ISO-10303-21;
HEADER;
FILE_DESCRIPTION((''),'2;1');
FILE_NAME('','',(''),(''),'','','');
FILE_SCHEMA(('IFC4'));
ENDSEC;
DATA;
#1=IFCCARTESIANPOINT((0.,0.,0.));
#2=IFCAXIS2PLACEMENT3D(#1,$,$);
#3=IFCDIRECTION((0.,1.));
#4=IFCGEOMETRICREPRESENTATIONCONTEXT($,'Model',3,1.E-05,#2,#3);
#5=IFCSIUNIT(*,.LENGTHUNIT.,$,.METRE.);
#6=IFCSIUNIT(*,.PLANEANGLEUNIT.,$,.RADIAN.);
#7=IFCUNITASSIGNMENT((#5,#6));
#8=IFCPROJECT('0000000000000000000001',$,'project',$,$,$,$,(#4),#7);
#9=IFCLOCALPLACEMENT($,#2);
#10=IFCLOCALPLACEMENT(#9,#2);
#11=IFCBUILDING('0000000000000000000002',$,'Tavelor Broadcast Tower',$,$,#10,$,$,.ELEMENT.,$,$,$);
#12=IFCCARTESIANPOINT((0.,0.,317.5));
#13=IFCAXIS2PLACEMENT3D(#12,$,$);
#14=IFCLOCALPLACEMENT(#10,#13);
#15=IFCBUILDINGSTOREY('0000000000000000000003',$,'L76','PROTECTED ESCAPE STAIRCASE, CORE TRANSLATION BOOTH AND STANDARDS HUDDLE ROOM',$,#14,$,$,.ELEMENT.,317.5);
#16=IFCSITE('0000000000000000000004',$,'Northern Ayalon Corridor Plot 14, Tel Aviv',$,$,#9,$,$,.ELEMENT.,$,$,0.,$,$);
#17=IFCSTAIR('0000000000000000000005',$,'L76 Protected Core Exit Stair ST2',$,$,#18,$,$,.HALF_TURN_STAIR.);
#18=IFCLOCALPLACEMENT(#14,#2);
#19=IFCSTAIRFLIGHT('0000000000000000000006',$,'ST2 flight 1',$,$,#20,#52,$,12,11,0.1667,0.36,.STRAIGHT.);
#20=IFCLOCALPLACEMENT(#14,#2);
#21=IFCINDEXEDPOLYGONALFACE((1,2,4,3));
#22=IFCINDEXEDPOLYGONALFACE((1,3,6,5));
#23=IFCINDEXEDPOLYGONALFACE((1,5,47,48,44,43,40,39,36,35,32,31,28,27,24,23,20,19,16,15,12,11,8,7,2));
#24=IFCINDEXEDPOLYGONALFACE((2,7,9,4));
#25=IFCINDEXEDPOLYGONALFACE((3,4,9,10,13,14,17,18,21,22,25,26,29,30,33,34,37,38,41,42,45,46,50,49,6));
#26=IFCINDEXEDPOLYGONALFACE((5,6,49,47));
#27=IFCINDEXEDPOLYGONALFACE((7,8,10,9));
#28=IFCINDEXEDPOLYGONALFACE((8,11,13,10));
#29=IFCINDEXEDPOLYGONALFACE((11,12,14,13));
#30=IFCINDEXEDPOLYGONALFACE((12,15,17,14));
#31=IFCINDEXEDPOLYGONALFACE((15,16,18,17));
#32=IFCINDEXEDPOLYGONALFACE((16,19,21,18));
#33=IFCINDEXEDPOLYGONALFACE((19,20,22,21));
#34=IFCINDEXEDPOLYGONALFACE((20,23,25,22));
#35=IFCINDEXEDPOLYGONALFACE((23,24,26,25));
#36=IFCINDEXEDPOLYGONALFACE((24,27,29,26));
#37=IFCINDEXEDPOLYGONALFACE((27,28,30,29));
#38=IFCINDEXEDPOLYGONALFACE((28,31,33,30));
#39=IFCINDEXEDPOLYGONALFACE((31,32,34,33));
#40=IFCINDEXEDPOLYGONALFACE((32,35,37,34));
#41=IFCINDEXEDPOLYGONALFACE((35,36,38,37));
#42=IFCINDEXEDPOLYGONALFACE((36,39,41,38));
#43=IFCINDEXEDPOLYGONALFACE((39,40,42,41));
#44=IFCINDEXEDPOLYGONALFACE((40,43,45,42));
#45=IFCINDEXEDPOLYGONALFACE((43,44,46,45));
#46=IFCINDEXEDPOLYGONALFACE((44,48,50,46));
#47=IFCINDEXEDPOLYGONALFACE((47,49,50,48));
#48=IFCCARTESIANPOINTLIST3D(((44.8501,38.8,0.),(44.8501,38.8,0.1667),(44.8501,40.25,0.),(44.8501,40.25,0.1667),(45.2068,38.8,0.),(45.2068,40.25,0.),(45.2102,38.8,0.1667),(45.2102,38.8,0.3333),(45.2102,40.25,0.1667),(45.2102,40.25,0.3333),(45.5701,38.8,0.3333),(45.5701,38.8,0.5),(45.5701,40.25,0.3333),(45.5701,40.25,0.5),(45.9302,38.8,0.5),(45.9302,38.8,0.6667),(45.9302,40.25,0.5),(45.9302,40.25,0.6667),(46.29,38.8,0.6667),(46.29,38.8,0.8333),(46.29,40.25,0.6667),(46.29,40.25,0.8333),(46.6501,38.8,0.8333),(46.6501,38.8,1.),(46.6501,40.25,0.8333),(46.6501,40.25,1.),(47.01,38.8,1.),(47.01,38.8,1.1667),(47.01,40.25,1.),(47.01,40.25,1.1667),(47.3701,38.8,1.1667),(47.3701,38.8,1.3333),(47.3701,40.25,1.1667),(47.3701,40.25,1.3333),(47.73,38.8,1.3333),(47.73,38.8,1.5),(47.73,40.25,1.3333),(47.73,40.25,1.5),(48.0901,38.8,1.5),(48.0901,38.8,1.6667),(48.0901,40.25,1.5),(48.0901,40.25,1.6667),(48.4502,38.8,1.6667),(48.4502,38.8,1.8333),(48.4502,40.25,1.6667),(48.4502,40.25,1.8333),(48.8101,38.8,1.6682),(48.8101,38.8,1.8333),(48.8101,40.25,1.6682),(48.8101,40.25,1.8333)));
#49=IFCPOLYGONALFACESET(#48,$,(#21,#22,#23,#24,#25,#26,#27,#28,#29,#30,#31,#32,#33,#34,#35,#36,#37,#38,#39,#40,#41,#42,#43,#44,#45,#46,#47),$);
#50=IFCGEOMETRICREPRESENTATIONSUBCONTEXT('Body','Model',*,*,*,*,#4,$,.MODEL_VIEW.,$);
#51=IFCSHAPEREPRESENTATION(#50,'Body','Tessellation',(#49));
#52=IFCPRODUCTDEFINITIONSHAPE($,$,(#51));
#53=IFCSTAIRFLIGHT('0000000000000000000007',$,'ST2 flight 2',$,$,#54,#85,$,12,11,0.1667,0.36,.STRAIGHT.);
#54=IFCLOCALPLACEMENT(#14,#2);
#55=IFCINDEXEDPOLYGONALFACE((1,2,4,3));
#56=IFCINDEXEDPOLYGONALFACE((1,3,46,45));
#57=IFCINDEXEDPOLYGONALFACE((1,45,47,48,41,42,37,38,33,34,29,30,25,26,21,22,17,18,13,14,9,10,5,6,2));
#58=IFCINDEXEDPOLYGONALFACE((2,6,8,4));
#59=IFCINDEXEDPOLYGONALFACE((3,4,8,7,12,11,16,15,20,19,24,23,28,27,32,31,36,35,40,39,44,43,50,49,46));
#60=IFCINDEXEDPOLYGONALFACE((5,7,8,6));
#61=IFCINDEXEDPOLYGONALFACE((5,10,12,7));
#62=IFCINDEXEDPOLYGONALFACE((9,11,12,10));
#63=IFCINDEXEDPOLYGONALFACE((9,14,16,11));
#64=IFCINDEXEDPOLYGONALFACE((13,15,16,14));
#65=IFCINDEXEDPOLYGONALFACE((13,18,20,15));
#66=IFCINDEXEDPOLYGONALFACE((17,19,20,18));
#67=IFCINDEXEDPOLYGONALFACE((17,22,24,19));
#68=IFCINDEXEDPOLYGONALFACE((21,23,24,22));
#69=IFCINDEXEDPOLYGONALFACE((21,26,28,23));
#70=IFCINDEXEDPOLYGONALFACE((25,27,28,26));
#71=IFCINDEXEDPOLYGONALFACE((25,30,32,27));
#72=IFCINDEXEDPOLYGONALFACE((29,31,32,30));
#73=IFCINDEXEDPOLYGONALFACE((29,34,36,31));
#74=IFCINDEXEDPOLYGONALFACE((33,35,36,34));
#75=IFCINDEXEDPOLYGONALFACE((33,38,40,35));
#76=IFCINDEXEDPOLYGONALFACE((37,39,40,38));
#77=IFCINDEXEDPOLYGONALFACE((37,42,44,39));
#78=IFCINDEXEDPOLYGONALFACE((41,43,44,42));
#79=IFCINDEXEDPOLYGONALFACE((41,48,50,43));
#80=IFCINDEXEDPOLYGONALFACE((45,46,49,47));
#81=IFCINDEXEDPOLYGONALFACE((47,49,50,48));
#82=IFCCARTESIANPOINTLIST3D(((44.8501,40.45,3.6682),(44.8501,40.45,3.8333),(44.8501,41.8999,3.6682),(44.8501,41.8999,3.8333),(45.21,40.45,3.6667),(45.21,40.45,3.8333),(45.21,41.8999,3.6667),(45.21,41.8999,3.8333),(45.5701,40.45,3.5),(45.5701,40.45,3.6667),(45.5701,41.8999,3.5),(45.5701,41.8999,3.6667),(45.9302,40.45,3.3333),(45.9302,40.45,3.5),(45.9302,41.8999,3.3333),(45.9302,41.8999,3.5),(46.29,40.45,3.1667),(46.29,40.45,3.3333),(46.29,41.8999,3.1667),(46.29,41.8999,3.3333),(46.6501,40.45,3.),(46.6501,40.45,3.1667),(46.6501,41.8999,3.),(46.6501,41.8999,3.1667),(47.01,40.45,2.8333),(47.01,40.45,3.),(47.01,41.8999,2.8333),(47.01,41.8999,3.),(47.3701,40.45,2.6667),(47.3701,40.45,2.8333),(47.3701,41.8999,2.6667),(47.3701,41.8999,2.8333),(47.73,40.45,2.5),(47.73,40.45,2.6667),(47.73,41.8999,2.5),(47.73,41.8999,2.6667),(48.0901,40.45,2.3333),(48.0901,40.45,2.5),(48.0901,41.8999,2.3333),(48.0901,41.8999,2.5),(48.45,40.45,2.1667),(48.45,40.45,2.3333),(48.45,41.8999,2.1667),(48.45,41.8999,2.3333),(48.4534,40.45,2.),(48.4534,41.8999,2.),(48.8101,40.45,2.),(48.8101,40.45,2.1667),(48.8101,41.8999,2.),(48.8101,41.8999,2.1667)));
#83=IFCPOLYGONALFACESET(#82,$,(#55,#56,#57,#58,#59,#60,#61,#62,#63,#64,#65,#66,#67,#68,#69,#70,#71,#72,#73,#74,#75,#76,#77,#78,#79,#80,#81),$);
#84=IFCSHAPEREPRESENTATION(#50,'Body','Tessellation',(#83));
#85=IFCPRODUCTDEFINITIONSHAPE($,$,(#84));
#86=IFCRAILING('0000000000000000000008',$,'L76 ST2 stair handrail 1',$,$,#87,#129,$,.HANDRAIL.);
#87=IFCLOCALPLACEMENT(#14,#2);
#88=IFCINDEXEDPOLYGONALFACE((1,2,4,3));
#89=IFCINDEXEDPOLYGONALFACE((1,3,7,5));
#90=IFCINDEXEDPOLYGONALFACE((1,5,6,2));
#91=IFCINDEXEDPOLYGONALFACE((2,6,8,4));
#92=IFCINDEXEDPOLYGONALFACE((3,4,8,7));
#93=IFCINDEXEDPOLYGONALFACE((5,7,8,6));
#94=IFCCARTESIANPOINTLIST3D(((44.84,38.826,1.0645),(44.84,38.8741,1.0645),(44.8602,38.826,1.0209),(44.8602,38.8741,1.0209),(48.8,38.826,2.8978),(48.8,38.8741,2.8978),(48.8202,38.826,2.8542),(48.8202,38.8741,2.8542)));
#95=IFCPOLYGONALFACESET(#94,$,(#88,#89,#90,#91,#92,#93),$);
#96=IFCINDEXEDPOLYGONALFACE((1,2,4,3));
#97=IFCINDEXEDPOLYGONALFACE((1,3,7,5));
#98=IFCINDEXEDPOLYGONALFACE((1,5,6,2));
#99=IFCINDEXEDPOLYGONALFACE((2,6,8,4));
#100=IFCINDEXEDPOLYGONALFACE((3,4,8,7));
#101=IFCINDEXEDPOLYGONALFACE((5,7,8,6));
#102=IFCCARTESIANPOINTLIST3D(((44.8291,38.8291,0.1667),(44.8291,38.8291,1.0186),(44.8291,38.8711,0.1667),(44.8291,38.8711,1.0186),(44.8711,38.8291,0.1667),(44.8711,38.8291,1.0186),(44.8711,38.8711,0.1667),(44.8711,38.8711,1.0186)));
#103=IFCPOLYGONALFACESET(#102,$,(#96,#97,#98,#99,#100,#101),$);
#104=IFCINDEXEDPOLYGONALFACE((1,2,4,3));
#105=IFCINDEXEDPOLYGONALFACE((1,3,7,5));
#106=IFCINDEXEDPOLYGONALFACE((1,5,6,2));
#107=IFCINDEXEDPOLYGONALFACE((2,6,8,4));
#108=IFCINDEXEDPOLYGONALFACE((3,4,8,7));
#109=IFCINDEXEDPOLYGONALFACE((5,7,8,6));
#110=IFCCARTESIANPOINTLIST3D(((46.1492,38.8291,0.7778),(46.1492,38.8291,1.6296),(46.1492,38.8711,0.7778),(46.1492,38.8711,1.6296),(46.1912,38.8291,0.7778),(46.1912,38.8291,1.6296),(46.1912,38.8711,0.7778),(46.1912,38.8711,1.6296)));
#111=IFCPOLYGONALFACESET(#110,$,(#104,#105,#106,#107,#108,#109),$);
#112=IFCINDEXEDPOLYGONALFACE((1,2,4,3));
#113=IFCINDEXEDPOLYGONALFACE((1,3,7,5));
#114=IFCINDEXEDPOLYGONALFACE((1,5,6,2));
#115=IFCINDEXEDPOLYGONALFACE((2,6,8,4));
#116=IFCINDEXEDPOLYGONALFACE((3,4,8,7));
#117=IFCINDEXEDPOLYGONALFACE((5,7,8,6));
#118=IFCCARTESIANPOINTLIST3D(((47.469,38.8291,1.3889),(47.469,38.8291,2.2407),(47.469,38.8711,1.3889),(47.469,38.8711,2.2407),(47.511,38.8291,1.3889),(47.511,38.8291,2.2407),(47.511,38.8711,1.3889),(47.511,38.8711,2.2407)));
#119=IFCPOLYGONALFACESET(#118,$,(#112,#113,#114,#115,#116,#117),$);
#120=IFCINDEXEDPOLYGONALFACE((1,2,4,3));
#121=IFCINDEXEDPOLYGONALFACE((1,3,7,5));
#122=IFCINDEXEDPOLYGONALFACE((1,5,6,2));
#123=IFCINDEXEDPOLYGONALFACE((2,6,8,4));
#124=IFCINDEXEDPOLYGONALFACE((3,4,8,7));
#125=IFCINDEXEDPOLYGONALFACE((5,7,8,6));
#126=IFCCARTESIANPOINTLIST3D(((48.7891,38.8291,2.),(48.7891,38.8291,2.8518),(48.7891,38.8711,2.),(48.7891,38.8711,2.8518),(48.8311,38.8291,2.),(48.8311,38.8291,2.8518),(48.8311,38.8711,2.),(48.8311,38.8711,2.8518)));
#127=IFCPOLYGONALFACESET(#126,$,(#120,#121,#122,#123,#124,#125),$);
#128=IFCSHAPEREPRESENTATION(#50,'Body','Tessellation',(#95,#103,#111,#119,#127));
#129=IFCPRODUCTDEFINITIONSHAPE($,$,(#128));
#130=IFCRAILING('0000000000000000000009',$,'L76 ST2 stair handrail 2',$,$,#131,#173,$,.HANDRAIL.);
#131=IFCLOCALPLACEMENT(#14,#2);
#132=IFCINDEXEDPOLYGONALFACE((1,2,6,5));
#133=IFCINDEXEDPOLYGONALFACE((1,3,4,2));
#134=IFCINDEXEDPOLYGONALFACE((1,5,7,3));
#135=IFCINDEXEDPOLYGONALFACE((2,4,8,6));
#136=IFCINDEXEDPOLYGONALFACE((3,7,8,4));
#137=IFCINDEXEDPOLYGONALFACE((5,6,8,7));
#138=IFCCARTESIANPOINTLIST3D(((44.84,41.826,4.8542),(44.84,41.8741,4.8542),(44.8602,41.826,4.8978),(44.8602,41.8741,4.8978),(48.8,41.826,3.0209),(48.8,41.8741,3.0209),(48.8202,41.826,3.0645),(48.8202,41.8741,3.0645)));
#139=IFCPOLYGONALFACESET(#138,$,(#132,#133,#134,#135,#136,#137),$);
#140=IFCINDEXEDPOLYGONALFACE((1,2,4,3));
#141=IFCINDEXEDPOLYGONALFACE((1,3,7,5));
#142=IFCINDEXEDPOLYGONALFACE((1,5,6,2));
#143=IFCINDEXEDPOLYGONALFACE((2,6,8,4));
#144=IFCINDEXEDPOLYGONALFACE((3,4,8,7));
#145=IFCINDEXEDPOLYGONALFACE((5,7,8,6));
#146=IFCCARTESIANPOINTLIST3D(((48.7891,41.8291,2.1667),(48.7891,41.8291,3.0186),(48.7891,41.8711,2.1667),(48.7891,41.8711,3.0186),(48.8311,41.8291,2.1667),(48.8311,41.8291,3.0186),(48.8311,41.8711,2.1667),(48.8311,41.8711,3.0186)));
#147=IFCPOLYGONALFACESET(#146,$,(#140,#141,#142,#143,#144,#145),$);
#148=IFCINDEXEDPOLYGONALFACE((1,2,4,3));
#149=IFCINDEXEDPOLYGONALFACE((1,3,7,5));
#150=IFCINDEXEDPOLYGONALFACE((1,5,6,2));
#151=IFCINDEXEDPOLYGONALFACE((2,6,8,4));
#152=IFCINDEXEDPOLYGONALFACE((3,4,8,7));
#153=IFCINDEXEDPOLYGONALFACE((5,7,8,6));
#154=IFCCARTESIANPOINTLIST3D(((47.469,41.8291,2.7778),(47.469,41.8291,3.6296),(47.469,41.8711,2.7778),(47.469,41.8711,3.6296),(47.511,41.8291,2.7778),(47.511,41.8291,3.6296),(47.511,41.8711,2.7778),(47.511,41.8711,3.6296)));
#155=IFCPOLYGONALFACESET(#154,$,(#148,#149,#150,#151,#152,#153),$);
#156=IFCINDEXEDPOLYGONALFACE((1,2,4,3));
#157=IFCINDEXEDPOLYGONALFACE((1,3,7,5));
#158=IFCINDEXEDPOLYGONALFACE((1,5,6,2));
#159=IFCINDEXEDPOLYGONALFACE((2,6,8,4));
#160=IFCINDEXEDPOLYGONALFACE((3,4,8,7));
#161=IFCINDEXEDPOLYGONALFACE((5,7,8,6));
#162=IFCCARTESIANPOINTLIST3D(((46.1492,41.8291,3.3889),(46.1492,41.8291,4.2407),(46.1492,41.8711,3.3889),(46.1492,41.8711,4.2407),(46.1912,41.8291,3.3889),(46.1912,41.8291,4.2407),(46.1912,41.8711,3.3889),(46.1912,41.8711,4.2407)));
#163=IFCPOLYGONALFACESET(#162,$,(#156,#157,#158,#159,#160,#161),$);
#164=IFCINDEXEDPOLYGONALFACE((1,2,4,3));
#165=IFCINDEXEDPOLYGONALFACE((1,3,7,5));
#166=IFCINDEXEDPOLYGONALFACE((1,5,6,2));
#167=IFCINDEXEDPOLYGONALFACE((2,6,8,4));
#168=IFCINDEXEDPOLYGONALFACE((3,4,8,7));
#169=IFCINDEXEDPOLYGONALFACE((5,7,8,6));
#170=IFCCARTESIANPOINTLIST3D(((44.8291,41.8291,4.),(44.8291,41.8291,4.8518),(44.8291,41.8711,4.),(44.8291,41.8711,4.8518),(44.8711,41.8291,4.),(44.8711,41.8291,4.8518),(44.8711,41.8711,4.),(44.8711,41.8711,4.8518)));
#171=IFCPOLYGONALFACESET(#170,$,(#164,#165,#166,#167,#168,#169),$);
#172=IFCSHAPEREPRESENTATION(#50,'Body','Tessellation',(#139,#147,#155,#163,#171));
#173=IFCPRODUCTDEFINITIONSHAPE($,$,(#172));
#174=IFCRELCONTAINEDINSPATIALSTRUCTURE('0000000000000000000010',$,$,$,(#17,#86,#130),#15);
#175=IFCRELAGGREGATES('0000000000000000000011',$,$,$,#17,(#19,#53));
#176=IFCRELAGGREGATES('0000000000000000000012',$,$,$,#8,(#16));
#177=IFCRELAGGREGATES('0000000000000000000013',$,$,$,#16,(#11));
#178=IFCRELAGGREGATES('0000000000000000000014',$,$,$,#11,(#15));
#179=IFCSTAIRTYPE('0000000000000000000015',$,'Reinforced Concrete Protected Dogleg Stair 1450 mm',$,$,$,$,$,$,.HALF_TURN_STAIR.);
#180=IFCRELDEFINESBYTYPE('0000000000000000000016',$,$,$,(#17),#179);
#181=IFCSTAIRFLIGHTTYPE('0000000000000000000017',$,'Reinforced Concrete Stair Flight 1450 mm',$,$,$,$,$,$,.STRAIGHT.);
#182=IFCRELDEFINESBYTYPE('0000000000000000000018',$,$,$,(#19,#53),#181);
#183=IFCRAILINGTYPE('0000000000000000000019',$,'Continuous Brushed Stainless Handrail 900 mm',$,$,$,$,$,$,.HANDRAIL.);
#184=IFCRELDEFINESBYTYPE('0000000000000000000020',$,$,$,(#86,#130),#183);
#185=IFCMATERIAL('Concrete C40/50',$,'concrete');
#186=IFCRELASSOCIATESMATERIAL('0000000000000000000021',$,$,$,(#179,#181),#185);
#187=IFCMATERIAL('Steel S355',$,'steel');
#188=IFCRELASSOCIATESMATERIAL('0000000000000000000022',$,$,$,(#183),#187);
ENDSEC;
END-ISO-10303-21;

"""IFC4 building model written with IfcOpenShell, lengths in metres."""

from ifc_helpers import new_model, si_unit, direction, frame, origin, origin_2d, place, context, subcontext, project, spatial, polyline, rectangle, outline, extrude, material, type_object, element, aggregate, save


model = new_model("IFC4")

# Units and contexts
model_context = context("Model", 3, precision=1e-05, world=origin(), true_north=direction((0.0, 1.0)))
body_context = subcontext(model_context, "Body", "Model", "MODEL_VIEW")
ifc_project = project(units=[si_unit("LENGTHUNIT", "METRE"), si_unit("PLANEANGLEUNIT", "RADIAN")], contexts=[model_context])

# Site, building, storey
site_placement = place(None, origin())
site = spatial("IfcSite", under=ifc_project, at=site_placement, Name="Northern Ayalon Corridor Plot 14, Tel Aviv", CompositionType="ELEMENT", RefElevation=0.0)
building_placement = place(site_placement, origin())
building = spatial("IfcBuilding", under=site, at=building_placement, Name="Tavelor Broadcast Tower", CompositionType="ELEMENT")
storey_placement = place(building_placement, frame((0.0, 0.0, 317.5)))
storey = spatial("IfcBuildingStorey", under=building, at=storey_placement, Name="L76", Description="PROTECTED ESCAPE STAIRCASE, CORE TRANSLATION BOOTH AND STANDARDS HUDDLE ROOM", CompositionType="ELEMENT", Elevation=317.5)

# Shared definitions
ifc_material_1 = material(Name="Concrete C40/50", Category="concrete")
ifc_material_2 = material(Name="Steel S355", Category="steel")

# Stair, stair flights
stair_type = type_object("IfcStairType", Name="Reinforced Concrete Protected Dogleg Stair 1450 mm", PredefinedType="HALF_TURN_STAIR", material=ifc_material_1)
stair_placement = place(storey_placement, origin())
stair = element("IfcStair", 1, at=stair_placement, inside=storey, type_object=stair_type, Name="L76 Protected Core Exit Stair ST2", PredefinedType="HALF_TURN_STAIR")
stair_flight_type = type_object("IfcStairFlightType", Name="Reinforced Concrete Stair Flight 1450 mm", PredefinedType="STRAIGHT", material=ifc_material_1)
stair_flight_1_placement = place(storey_placement, frame((44.8501, 39.5249, 0.0), z_axis=(0.0, 0.0, 1.0), x_axis=(1.0, 0.0, 0.0)))
stair_flight_1 = element("IfcStairFlight", 2, at=stair_flight_1_placement, type_object=stair_flight_type, Name="ST2 flight 1", NumberOfRisers=12, NumberOfTreads=11, PredefinedType="STRAIGHT", RiserHeight=0.1667, TreadLength=0.36, context=body_context, shape_type="SweptSolid", body=[
    extrude(outline(polyline([(0.0, 0.0), (0.0, 0.1667), (0.3601, 0.1667), (0.3601, 0.3333), (0.72, 0.3333), (0.72, 0.5), (1.0801, 0.5), (1.0801, 0.6667), (1.4399, 0.6667), (1.4399, 0.8333), (1.8, 0.8333), (1.8, 1.0), (2.1599, 1.0), (2.1599, 1.1667), (2.52, 1.1667), (2.52, 1.3333), (2.8799, 1.3333), (2.8799, 1.5), (3.24, 1.5), (3.24, 1.6667), (3.6001, 1.6667), (3.6001, 1.8333), (3.96, 1.8333), (3.96, 2.0), (3.96, 1.6682), (0.3567, 0.0), (0.0, 0.0)])), frame((0.0, 0.7251, 0.0), z_axis=(0.0, -1.0, 0.0), x_axis=(1.0, 0.0, 0.0)), (0.0, 0.0, 1.0), 1.45),
])
stair_flight_2_placement = place(storey_placement, frame((48.8101, 41.175, 2.0), z_axis=(0.0, 0.0, 1.0), x_axis=(-1.0, 0.0, 0.0)))
stair_flight_2 = element("IfcStairFlight", 3, at=stair_flight_2_placement, type_object=stair_flight_type, Name="ST2 flight 2", NumberOfRisers=12, NumberOfTreads=11, PredefinedType="STRAIGHT", RiserHeight=0.1667, TreadLength=0.36, context=body_context, shape_type="SweptSolid", body=[
    extrude(outline(polyline([(0.0, 0.0), (0.0, 0.1667), (0.3601, 0.1667), (0.3601, 0.3333), (0.72, 0.3333), (0.72, 0.5), (1.0801, 0.5), (1.0801, 0.6667), (1.4399, 0.6667), (1.4399, 0.8333), (1.8, 0.8333), (1.8, 1.0), (2.1599, 1.0), (2.1599, 1.1667), (2.52, 1.1667), (2.52, 1.3333), (2.8799, 1.3333), (2.8799, 1.5), (3.24, 1.5), (3.24, 1.6667), (3.6001, 1.6667), (3.6001, 1.8333), (3.96, 1.8333), (3.96, 2.0), (3.96, 1.6682), (0.3567, 0.0), (0.0, 0.0)])), frame((0.0, 0.7251, 0.0), z_axis=(0.0, -1.0, 0.0), x_axis=(1.0, 0.0, 0.0)), (0.0, 0.0, 1.0), 1.45),
])
aggregate(stair, [stair_flight_1, stair_flight_2])

# Railings
railing_type_1 = type_object("IfcRailingType", Name="Continuous Brushed Stainless Handrail 900 mm", PredefinedType="HANDRAIL", material=ifc_material_2)
railing_1_placement = place(storey_placement, frame((44.8501, 38.8501, 0.1667)))
element("IfcRailing", 4, at=railing_1_placement, inside=storey, type_object=railing_type_1, Name="L76 ST2 stair handrail 1", PredefinedType="HANDRAIL", context=body_context, shape_type="SweptSolid", body=[
    extrude(rectangle(XDim=0.0481, YDim=0.0481, at=origin_2d()), frame((0.0, 0.0, 0.876), z_axis=(0.907472, 0.0, 0.420112), x_axis=(0.0, 1.0, 0.0)), (0.0, 0.0, 1.0), 4.3638),
    extrude(rectangle(XDim=0.042, YDim=0.042, at=origin_2d()), origin(), (0.0, 0.0, 1.0), 0.8518),
    extrude(rectangle(XDim=0.042, YDim=0.042, at=origin_2d()), frame((1.3201, 0.0, 0.6111)), (0.0, 0.0, 1.0), 0.8518),
    extrude(rectangle(XDim=0.042, YDim=0.042, at=origin_2d()), frame((2.6399, 0.0, 1.2222)), (0.0, 0.0, 1.0), 0.8518),
    extrude(rectangle(XDim=0.042, YDim=0.042, at=origin_2d()), frame((3.96, 0.0, 1.8333)), (0.0, 0.0, 1.0), 0.8518),
])
railing_2_placement = place(storey_placement, frame((48.8101, 41.8501, 2.1667)))
element("IfcRailing", 5, at=railing_2_placement, inside=storey, type_object=railing_type_1, Name="L76 ST2 stair handrail 2", PredefinedType="HANDRAIL", context=body_context, shape_type="SweptSolid", body=[
    extrude(rectangle(XDim=0.0481, YDim=0.0481, at=origin_2d()), frame((0.0, 0.0, 0.876), z_axis=(-0.907472, 0.0, 0.420112), x_axis=(0.0, -1.0, 0.0)), (0.0, 0.0, 1.0), 4.3638),
    extrude(rectangle(XDim=0.042, YDim=0.042, at=origin_2d()), origin(), (0.0, 0.0, 1.0), 0.8518),
    extrude(rectangle(XDim=0.042, YDim=0.042, at=origin_2d()), frame((-1.3201, 0.0, 0.6111)), (0.0, 0.0, 1.0), 0.8518),
    extrude(rectangle(XDim=0.042, YDim=0.042, at=origin_2d()), frame((-2.6399, 0.0, 1.2222)), (0.0, 0.0, 1.0), 0.8518),
    extrude(rectangle(XDim=0.042, YDim=0.042, at=origin_2d()), frame((-3.96, 0.0, 1.8333)), (0.0, 0.0, 1.0), 0.8518),
])

save(model, "model.ifc")
